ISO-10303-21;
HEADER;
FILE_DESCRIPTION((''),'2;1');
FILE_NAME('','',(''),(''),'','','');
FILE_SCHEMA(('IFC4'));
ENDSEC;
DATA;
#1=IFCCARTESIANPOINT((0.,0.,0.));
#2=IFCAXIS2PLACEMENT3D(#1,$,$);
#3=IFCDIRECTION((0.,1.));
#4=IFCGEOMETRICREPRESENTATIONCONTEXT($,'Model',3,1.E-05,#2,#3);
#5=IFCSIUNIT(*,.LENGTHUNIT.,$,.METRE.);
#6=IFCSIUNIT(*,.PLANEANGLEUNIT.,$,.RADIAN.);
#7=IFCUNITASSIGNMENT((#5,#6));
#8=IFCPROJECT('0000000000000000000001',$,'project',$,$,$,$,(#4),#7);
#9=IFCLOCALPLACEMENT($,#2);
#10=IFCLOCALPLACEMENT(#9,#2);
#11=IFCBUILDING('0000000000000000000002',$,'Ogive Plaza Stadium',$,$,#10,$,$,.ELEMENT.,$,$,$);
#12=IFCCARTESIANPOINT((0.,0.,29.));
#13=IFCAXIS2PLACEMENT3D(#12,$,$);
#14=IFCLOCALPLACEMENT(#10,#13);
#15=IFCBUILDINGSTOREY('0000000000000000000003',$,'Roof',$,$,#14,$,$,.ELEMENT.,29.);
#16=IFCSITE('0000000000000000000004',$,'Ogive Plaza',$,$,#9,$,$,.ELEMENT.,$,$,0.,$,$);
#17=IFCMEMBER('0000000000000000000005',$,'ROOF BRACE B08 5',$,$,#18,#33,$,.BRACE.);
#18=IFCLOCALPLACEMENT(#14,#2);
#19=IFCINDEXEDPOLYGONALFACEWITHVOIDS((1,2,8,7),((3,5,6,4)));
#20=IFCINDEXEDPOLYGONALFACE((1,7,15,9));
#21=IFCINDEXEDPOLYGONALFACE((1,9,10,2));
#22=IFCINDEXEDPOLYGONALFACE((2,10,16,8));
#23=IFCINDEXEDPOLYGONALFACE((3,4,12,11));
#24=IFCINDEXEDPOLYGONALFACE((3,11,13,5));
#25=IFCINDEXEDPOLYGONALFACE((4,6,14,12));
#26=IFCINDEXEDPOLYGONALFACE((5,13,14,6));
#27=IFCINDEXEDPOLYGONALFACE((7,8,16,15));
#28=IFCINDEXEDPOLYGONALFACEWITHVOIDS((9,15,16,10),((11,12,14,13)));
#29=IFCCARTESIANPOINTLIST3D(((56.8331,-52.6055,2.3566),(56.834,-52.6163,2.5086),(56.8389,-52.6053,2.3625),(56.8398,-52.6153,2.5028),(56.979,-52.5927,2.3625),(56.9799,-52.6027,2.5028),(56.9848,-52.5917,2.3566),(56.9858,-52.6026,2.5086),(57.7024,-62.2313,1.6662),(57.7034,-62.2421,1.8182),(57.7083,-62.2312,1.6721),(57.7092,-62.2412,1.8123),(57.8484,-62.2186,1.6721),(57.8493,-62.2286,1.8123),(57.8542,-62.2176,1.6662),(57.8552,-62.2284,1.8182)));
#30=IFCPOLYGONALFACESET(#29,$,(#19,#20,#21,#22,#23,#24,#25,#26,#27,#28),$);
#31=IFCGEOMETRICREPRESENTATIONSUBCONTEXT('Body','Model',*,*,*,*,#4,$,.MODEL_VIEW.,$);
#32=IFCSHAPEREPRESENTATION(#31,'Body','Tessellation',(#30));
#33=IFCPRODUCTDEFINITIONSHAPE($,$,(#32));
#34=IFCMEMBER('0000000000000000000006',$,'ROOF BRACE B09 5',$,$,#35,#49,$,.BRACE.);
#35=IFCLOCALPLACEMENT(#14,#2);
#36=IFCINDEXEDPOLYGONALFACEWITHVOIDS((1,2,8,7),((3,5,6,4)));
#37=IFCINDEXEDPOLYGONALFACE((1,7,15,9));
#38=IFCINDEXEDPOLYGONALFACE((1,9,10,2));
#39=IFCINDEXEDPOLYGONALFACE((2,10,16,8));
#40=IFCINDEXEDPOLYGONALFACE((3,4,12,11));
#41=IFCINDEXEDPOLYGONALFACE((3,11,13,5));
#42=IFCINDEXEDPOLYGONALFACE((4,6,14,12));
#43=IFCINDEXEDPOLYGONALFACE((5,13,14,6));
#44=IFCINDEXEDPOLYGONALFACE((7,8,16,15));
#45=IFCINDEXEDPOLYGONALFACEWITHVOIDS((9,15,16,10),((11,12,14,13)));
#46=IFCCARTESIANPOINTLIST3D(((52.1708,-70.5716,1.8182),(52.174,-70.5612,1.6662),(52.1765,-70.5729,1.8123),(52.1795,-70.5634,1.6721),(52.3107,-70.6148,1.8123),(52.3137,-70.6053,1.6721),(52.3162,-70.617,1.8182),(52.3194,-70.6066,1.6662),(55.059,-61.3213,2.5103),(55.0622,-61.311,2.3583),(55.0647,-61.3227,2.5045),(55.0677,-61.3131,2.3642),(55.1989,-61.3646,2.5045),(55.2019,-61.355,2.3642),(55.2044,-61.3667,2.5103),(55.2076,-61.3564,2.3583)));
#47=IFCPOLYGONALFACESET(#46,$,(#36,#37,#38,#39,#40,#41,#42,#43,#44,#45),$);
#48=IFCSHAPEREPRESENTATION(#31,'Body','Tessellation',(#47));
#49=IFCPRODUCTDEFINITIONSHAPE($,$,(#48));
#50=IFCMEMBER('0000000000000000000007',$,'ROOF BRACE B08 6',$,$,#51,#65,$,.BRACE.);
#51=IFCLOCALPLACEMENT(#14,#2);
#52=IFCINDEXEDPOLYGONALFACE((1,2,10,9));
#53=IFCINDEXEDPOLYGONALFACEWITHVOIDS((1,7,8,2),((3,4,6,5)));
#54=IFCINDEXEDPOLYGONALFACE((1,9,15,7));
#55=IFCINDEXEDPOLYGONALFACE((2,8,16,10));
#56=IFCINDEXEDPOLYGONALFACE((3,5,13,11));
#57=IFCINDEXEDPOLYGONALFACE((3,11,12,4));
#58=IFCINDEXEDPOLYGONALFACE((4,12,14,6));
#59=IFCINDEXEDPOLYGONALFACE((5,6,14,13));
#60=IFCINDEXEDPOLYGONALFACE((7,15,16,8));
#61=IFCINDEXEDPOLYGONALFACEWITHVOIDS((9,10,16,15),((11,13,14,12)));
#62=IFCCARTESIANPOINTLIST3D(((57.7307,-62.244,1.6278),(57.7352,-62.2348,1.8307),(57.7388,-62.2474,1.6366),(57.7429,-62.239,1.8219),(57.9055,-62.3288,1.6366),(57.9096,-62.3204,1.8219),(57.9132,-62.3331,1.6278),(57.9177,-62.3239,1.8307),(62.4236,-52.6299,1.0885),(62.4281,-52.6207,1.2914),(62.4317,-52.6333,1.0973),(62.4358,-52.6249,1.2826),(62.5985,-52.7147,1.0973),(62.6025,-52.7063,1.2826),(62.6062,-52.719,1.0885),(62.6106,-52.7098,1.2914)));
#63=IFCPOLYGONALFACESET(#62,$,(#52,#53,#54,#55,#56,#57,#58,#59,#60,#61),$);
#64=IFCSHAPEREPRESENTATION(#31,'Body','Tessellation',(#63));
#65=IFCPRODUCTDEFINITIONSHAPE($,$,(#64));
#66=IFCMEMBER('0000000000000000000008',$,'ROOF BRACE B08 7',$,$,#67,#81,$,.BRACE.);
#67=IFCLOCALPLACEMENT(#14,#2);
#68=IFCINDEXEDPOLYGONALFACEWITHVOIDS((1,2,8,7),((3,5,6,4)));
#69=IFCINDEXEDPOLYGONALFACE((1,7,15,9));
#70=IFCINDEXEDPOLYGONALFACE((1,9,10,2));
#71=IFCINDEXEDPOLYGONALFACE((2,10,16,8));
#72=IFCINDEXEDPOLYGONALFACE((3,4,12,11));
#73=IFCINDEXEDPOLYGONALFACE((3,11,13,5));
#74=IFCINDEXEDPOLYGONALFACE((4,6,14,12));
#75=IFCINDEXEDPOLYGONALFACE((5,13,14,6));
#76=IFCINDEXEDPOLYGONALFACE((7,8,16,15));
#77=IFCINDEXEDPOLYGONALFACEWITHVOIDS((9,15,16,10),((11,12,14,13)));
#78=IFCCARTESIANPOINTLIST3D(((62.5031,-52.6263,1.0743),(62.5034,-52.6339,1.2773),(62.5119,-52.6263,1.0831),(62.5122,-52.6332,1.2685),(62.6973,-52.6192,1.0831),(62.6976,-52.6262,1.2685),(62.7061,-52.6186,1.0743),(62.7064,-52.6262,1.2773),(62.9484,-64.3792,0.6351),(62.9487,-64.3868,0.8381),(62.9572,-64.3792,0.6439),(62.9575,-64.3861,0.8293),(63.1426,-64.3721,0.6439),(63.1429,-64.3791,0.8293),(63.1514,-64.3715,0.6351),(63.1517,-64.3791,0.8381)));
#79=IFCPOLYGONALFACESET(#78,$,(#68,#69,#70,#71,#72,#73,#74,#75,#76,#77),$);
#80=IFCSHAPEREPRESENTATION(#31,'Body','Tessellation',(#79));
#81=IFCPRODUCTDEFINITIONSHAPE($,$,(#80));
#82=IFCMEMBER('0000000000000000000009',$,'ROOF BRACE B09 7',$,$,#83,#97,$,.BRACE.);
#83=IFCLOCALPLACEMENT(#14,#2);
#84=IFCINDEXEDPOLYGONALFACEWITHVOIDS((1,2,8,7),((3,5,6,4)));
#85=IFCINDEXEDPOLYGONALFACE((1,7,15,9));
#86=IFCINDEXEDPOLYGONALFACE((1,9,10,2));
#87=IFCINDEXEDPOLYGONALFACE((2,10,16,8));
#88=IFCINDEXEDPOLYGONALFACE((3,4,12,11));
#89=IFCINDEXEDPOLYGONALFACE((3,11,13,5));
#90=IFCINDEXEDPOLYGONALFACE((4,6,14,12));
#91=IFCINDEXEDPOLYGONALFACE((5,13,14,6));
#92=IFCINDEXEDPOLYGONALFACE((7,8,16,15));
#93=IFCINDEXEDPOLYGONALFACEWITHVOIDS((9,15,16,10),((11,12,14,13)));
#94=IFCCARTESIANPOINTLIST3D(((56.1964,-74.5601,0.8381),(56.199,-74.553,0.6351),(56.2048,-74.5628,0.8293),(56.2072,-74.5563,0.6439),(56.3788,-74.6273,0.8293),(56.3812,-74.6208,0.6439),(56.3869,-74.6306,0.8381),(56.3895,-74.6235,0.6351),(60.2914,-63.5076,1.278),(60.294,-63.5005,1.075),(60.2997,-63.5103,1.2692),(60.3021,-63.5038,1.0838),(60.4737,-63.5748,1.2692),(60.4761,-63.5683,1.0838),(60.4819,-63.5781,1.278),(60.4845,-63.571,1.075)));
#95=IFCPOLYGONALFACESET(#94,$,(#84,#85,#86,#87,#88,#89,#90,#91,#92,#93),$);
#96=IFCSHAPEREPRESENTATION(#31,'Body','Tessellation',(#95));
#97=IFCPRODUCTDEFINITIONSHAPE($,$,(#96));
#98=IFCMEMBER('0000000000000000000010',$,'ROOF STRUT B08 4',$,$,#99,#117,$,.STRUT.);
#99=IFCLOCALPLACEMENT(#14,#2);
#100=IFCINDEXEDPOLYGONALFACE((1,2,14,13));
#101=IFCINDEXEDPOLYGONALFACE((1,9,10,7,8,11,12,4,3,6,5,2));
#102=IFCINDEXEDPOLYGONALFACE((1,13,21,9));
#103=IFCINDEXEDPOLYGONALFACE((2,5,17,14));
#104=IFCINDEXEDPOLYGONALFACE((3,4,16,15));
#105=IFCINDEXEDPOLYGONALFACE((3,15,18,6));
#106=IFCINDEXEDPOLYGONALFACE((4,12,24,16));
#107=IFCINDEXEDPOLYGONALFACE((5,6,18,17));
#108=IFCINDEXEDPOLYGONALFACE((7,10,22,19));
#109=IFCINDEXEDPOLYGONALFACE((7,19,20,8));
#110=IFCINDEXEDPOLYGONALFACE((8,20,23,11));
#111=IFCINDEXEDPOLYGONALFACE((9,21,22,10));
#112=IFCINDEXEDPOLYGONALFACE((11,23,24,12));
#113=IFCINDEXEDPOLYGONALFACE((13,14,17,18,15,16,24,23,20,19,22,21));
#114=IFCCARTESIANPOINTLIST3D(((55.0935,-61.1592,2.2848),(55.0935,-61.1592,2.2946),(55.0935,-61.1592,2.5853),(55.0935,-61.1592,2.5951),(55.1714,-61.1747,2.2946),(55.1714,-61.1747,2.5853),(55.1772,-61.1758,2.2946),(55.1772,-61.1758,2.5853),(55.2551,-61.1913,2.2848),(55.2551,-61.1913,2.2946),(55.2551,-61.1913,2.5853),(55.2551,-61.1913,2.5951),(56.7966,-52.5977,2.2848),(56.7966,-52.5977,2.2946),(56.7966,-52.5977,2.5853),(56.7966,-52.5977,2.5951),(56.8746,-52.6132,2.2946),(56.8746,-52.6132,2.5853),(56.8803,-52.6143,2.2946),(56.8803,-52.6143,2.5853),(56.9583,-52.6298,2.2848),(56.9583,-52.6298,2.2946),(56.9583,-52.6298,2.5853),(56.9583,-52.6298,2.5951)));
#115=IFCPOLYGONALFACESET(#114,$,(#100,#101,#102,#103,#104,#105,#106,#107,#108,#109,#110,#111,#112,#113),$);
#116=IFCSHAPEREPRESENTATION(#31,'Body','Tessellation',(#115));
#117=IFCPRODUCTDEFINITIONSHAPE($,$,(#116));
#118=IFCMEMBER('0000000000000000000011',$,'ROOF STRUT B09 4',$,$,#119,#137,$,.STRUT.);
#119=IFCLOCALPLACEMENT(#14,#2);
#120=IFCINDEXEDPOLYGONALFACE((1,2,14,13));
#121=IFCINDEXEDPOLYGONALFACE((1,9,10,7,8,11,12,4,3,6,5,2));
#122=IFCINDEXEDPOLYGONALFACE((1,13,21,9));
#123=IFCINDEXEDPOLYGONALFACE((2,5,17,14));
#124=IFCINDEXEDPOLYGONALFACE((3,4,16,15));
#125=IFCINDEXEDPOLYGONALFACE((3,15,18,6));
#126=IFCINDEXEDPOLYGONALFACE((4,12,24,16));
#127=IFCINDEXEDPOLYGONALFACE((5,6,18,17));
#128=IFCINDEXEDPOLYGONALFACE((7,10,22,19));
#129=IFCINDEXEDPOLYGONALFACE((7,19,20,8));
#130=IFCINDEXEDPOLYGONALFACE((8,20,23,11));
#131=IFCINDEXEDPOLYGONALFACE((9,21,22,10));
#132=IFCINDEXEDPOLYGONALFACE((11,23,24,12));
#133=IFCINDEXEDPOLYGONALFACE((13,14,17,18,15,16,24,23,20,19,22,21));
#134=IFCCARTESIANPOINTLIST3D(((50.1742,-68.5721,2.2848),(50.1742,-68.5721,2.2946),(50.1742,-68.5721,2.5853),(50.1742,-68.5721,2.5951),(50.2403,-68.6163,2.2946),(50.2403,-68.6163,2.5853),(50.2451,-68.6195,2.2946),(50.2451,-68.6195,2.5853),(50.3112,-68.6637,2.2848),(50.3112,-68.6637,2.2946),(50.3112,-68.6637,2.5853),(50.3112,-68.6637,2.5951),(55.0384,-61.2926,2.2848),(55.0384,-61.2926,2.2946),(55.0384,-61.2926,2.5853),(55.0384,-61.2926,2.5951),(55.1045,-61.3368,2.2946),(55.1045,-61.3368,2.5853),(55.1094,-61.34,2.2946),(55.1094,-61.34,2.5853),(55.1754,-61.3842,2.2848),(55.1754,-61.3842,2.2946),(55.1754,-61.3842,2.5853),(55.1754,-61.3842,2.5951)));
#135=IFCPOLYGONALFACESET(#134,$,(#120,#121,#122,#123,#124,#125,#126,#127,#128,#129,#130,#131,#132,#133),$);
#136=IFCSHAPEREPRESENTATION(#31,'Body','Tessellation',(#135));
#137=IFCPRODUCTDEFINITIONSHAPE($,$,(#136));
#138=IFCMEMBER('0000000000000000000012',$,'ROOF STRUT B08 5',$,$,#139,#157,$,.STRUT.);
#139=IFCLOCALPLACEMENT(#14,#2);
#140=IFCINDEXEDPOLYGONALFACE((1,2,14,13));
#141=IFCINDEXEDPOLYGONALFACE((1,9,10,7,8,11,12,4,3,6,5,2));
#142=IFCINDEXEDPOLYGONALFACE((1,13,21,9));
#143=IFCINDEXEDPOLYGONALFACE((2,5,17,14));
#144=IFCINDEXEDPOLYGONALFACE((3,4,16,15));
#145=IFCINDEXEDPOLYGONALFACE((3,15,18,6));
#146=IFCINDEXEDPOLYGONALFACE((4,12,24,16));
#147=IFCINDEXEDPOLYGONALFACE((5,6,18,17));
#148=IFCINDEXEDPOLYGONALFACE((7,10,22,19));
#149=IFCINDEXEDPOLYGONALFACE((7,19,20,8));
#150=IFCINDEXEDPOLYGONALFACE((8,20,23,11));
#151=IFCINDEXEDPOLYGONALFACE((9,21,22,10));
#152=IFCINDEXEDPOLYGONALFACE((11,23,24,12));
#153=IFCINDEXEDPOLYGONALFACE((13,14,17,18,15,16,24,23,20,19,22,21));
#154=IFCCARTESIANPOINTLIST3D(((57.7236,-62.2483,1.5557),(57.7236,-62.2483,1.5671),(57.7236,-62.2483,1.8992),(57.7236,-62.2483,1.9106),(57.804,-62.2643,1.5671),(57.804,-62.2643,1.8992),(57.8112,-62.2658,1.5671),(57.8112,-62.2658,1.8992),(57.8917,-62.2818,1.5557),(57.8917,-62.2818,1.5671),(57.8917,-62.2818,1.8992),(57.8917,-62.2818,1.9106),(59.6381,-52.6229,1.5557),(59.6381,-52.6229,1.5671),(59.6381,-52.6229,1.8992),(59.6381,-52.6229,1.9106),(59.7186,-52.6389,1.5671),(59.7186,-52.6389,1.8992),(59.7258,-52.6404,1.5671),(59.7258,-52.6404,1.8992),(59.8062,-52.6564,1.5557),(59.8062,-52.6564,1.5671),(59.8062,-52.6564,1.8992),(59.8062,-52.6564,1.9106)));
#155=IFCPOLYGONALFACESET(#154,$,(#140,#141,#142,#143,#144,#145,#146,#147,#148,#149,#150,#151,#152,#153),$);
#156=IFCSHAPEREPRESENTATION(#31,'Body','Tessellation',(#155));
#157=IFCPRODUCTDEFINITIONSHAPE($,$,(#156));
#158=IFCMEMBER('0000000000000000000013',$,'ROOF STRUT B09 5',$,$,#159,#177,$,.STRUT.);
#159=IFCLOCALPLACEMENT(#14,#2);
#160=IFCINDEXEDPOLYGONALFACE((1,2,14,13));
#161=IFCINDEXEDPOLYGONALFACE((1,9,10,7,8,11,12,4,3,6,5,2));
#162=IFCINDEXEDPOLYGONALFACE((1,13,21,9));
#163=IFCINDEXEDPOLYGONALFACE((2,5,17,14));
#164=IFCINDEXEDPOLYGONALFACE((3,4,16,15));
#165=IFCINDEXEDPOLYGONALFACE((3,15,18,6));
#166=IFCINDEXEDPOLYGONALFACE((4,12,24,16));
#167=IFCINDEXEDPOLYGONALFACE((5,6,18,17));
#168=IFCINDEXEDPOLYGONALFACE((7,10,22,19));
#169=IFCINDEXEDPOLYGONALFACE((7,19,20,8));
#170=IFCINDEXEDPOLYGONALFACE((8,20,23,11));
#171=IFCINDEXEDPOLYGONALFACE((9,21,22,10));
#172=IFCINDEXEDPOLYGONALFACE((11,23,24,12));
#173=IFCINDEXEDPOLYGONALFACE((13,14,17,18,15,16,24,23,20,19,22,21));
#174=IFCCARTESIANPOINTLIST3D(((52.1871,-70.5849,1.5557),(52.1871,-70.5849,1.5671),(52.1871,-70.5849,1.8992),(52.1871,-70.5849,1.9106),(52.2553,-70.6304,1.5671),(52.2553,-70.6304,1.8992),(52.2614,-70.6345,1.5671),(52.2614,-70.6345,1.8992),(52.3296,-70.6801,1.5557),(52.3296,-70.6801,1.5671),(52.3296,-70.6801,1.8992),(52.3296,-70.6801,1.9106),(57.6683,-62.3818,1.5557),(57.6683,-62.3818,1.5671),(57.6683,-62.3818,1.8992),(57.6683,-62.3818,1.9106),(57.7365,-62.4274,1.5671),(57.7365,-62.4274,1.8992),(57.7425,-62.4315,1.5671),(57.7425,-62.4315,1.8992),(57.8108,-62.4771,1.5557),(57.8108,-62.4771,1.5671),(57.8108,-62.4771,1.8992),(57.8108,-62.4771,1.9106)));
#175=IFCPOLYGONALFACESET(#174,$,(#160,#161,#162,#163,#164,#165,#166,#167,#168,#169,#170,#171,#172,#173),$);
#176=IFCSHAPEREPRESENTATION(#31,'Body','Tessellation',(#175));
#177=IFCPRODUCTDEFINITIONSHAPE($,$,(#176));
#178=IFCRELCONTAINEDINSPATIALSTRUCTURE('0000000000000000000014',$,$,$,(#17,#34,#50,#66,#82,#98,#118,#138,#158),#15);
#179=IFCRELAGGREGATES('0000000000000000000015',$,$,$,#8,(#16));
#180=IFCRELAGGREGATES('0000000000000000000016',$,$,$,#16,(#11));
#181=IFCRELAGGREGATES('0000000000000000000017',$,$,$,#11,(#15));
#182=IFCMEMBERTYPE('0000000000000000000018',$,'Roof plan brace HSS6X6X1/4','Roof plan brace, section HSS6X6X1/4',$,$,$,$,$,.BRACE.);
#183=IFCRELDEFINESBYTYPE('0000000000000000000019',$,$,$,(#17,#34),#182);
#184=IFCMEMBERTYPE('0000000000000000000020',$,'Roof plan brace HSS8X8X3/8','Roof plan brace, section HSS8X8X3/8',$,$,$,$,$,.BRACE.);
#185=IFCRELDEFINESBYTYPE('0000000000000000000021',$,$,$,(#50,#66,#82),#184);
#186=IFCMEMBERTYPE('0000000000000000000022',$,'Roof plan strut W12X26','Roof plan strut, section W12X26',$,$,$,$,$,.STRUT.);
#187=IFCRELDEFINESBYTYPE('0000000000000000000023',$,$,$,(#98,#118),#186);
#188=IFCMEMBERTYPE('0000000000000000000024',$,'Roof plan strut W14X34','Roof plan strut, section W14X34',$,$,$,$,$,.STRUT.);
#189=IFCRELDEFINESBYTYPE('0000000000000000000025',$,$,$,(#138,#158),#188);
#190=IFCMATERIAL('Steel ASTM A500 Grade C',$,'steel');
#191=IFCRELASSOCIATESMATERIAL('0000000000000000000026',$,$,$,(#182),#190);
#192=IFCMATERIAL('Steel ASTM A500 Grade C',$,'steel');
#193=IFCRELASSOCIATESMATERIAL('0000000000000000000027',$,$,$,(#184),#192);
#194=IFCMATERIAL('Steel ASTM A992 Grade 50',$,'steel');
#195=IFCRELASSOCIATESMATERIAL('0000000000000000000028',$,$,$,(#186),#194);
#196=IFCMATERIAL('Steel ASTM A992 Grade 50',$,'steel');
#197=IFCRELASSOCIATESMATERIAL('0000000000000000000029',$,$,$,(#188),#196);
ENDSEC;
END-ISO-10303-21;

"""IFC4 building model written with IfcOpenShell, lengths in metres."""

from ifc_helpers import new_model, si_unit, direction, frame, origin, origin_2d, place, context, subcontext, project, spatial, hollow_rectangle, i_section, extrude, material, material_profile, profile_set, type_object, element, save


model = new_model("IFC4")

# Units and contexts
model_context = context("Model", 3, precision=1e-05, world=origin(), true_north=direction((0.0, 1.0)))
body_context = subcontext(model_context, "Body", "Model", "MODEL_VIEW")
ifc_project = project(units=[si_unit("LENGTHUNIT", "METRE"), si_unit("PLANEANGLEUNIT", "RADIAN")], contexts=[model_context])

# Site, building, storey
site_placement = place(None, origin())
site = spatial("IfcSite", under=ifc_project, at=site_placement, Name="Ogive Plaza", CompositionType="ELEMENT", RefElevation=0.0)
building_placement = place(site_placement, origin())
building = spatial("IfcBuilding", under=site, at=building_placement, Name="Ogive Plaza Stadium", CompositionType="ELEMENT")
storey_placement = place(building_placement, frame((0.0, 0.0, 29.0)))
storey = spatial("IfcBuildingStorey", under=building, at=storey_placement, Name="Roof", CompositionType="ELEMENT", Elevation=29.0)

# Members
ifc_material_1 = material(Name="Steel ASTM A500 Grade C", Category="steel")
ifc_material_profile_1 = material_profile(ifc_material_1, hollow_rectangle(XDim=0.1523, YDim=0.1523, WallThickness=0.0059, at=origin_2d()), Name="HSS6X6X1/4")
ifc_profile_set_1 = profile_set([ifc_material_profile_1], Name="Steel ASTM A500 Grade C")
member_type_1 = type_object("IfcMemberType", Name="Roof plan brace HSS6X6X1/4", Description="Roof plan brace, section HSS6X6X1/4", PredefinedType="BRACE", material=ifc_profile_set_1)
member_1_placement = place(storey_placement, frame((56.9094, -52.604, 2.4326), z_axis=(0.089722, -0.993415, -0.071253), x_axis=(0.995946, 0.08995, 0.0)))
element("IfcMember", 1, at=member_1_placement, inside=storey, type_object=member_type_1, Name="ROOF BRACE B08 5", PredefinedType="BRACE", context=body_context, shape_type="SweptSolid", body=[
    extrude(hollow_rectangle(XDim=0.1523, YDim=0.1523, WallThickness=0.0059, at=origin_2d()), origin(), (0.0, 0.0, 1.0), 9.6897),
])
member_2_placement = place(storey_placement, frame((55.1333, -61.3389, 2.4343), z_axis=(-0.297281, -0.952128, -0.071242), x_axis=(0.954554, -0.298038, 0.0)))
element("IfcMember", 2, at=member_2_placement, inside=storey, type_object=member_type_1, Name="ROOF BRACE B09 5", PredefinedType="BRACE", context=body_context, shape_type="SweptSolid", body=[
    extrude(hollow_rectangle(XDim=0.1523, YDim=0.1523, WallThickness=0.0059, at=origin_2d()), origin(), (0.0, 0.0, 1.0), 9.7153),
])
ifc_material_2 = material(Name="Steel ASTM A500 Grade C", Category="steel")
ifc_material_profile_2 = material_profile(ifc_material_2, hollow_rectangle(XDim=0.2031, YDim=0.2031, WallThickness=0.0088, at=origin_2d()), Name="HSS8X8X3/8")
ifc_profile_set_2 = profile_set([ifc_material_profile_2], Name="Steel ASTM A500 Grade C")
member_type_2 = type_object("IfcMemberType", Name="Roof plan brace HSS8X8X3/8", Description="Roof plan brace, section HSS8X8X3/8", PredefinedType="BRACE", material=ifc_profile_set_2)
member_3_placement = place(storey_placement, frame((57.8242, -62.2839, 1.7292), z_axis=(0.438102, 0.897514, -0.050347), x_axis=(-0.898654, 0.438658, 0.0)))
element("IfcMember", 3, at=member_3_placement, inside=storey, type_object=member_type_2, Name="ROOF BRACE B08 6", PredefinedType="BRACE", context=body_context, shape_type="SweptSolid", body=[
    extrude(hollow_rectangle(XDim=0.2031, YDim=0.2031, WallThickness=0.0088, at=origin_2d()), origin(), (0.0, 0.0, 1.0), 10.7119),
])
member_4_placement = place(storey_placement, frame((62.6047, -52.6262, 1.1758), z_axis=(0.037836, -0.998587, -0.037317), x_axis=(0.999283, 0.037862, 0.0)))
element("IfcMember", 4, at=member_4_placement, inside=storey, type_object=member_type_2, Name="ROOF BRACE B08 7", PredefinedType="BRACE", context=body_context, shape_type="SweptSolid", body=[
    extrude(hollow_rectangle(XDim=0.2031, YDim=0.2031, WallThickness=0.0088, at=origin_2d()), origin(), (0.0, 0.0, 1.0), 11.7695),
])
member_5_placement = place(storey_placement, frame((60.3879, -63.5393, 1.1765), z_axis=(-0.347181, -0.937056, -0.037299), x_axis=(0.937709, -0.347423, 0.0)))
element("IfcMember", 5, at=member_5_placement, inside=storey, type_object=member_type_2, Name="ROOF BRACE B09 7", PredefinedType="BRACE", context=body_context, shape_type="SweptSolid", body=[
    extrude(hollow_rectangle(XDim=0.2031, YDim=0.2031, WallThickness=0.0088, at=origin_2d()), origin(), (0.0, 0.0, 1.0), 11.7949),
])
ifc_material_3 = material(Name="Steel ASTM A992 Grade 50", Category="steel")
ifc_material_profile_3 = material_profile(ifc_material_3, i_section(OverallWidth=0.1648, OverallDepth=0.3103, WebThickness=0.0059, FlangeThickness=0.0098, at=origin_2d()), Name="W12X26")
ifc_profile_set_3 = profile_set([ifc_material_profile_3], Name="Steel ASTM A992 Grade 50")
member_type_3 = type_object("IfcMemberType", Name="Roof plan strut W12X26", Description="Roof plan strut, section W12X26", PredefinedType="STRUT", material=ifc_profile_set_3)
member_6_placement = place(storey_placement, frame((56.8774, -52.6138, 2.4399), z_axis=(-0.195105, -0.980782, 0.0), x_axis=(0.980782, -0.195105, 0.0)))
element("IfcMember", 6, at=member_6_placement, inside=storey, type_object=member_type_3, Name="ROOF STRUT B08 4", PredefinedType="STRUT", context=body_context, shape_type="SweptSolid", body=[
    extrude(i_section(OverallWidth=0.1648, OverallDepth=0.3103, WebThickness=0.0059, FlangeThickness=0.0098, at=origin_2d()), origin(), (0.0, 0.0, 1.0), 8.7292),
])
member_7_placement = place(storey_placement, frame((55.1069, -61.3384, 2.4399), z_axis=(-0.555588, -0.831458, 0.0), x_axis=(0.831458, -0.555588, 0.0)))
element("IfcMember", 7, at=member_7_placement, inside=storey, type_object=member_type_3, Name="ROOF STRUT B09 4", PredefinedType="STRUT", context=body_context, shape_type="SweptSolid", body=[
    extrude(i_section(OverallWidth=0.1648, OverallDepth=0.3103, WebThickness=0.0059, FlangeThickness=0.0098, at=origin_2d()), origin(), (0.0, 0.0, 1.0), 8.7551),
])
ifc_material_4 = material(Name="Steel ASTM A992 Grade 50", Category="steel")
ifc_material_profile_4 = material_profile(ifc_material_4, i_section(OverallWidth=0.1714, OverallDepth=0.355, WebThickness=0.0073, FlangeThickness=0.0115, at=origin_2d()), Name="W14X34")
ifc_profile_set_4 = profile_set([ifc_material_profile_4], Name="Steel ASTM A992 Grade 50")
member_type_4 = type_object("IfcMemberType", Name="Roof plan strut W14X34", Description="Roof plan strut, section W14X34", PredefinedType="STRUT", material=ifc_profile_set_4)
member_8_placement = place(storey_placement, frame((59.7222, -52.6396, 1.7332), z_axis=(-0.195083, -0.980787, 0.0), x_axis=(0.980787, -0.195083, 0.0)))
element("IfcMember", 8, at=member_8_placement, inside=storey, type_object=member_type_4, Name="ROOF STRUT B08 5", PredefinedType="STRUT", context=body_context, shape_type="SweptSolid", body=[
    extrude(i_section(OverallWidth=0.1714, OverallDepth=0.355, WebThickness=0.0073, FlangeThickness=0.0115, at=origin_2d()), origin(), (0.0, 0.0, 1.0), 9.814),
])
member_9_placement = place(storey_placement, frame((57.7395, -62.4294, 1.7332), z_axis=(-0.555574, -0.831467, 0.0), x_axis=(0.831467, -0.555574, 0.0)))
element("IfcMember", 9, at=member_9_placement, inside=storey, type_object=member_type_4, Name="ROOF STRUT B09 5", PredefinedType="STRUT", context=body_context, shape_type="SweptSolid", body=[
    extrude(i_section(OverallWidth=0.1714, OverallDepth=0.355, WebThickness=0.0073, FlangeThickness=0.0115, at=origin_2d()), origin(), (0.0, 0.0, 1.0), 9.8657),
])

save(model, "model.ifc")
